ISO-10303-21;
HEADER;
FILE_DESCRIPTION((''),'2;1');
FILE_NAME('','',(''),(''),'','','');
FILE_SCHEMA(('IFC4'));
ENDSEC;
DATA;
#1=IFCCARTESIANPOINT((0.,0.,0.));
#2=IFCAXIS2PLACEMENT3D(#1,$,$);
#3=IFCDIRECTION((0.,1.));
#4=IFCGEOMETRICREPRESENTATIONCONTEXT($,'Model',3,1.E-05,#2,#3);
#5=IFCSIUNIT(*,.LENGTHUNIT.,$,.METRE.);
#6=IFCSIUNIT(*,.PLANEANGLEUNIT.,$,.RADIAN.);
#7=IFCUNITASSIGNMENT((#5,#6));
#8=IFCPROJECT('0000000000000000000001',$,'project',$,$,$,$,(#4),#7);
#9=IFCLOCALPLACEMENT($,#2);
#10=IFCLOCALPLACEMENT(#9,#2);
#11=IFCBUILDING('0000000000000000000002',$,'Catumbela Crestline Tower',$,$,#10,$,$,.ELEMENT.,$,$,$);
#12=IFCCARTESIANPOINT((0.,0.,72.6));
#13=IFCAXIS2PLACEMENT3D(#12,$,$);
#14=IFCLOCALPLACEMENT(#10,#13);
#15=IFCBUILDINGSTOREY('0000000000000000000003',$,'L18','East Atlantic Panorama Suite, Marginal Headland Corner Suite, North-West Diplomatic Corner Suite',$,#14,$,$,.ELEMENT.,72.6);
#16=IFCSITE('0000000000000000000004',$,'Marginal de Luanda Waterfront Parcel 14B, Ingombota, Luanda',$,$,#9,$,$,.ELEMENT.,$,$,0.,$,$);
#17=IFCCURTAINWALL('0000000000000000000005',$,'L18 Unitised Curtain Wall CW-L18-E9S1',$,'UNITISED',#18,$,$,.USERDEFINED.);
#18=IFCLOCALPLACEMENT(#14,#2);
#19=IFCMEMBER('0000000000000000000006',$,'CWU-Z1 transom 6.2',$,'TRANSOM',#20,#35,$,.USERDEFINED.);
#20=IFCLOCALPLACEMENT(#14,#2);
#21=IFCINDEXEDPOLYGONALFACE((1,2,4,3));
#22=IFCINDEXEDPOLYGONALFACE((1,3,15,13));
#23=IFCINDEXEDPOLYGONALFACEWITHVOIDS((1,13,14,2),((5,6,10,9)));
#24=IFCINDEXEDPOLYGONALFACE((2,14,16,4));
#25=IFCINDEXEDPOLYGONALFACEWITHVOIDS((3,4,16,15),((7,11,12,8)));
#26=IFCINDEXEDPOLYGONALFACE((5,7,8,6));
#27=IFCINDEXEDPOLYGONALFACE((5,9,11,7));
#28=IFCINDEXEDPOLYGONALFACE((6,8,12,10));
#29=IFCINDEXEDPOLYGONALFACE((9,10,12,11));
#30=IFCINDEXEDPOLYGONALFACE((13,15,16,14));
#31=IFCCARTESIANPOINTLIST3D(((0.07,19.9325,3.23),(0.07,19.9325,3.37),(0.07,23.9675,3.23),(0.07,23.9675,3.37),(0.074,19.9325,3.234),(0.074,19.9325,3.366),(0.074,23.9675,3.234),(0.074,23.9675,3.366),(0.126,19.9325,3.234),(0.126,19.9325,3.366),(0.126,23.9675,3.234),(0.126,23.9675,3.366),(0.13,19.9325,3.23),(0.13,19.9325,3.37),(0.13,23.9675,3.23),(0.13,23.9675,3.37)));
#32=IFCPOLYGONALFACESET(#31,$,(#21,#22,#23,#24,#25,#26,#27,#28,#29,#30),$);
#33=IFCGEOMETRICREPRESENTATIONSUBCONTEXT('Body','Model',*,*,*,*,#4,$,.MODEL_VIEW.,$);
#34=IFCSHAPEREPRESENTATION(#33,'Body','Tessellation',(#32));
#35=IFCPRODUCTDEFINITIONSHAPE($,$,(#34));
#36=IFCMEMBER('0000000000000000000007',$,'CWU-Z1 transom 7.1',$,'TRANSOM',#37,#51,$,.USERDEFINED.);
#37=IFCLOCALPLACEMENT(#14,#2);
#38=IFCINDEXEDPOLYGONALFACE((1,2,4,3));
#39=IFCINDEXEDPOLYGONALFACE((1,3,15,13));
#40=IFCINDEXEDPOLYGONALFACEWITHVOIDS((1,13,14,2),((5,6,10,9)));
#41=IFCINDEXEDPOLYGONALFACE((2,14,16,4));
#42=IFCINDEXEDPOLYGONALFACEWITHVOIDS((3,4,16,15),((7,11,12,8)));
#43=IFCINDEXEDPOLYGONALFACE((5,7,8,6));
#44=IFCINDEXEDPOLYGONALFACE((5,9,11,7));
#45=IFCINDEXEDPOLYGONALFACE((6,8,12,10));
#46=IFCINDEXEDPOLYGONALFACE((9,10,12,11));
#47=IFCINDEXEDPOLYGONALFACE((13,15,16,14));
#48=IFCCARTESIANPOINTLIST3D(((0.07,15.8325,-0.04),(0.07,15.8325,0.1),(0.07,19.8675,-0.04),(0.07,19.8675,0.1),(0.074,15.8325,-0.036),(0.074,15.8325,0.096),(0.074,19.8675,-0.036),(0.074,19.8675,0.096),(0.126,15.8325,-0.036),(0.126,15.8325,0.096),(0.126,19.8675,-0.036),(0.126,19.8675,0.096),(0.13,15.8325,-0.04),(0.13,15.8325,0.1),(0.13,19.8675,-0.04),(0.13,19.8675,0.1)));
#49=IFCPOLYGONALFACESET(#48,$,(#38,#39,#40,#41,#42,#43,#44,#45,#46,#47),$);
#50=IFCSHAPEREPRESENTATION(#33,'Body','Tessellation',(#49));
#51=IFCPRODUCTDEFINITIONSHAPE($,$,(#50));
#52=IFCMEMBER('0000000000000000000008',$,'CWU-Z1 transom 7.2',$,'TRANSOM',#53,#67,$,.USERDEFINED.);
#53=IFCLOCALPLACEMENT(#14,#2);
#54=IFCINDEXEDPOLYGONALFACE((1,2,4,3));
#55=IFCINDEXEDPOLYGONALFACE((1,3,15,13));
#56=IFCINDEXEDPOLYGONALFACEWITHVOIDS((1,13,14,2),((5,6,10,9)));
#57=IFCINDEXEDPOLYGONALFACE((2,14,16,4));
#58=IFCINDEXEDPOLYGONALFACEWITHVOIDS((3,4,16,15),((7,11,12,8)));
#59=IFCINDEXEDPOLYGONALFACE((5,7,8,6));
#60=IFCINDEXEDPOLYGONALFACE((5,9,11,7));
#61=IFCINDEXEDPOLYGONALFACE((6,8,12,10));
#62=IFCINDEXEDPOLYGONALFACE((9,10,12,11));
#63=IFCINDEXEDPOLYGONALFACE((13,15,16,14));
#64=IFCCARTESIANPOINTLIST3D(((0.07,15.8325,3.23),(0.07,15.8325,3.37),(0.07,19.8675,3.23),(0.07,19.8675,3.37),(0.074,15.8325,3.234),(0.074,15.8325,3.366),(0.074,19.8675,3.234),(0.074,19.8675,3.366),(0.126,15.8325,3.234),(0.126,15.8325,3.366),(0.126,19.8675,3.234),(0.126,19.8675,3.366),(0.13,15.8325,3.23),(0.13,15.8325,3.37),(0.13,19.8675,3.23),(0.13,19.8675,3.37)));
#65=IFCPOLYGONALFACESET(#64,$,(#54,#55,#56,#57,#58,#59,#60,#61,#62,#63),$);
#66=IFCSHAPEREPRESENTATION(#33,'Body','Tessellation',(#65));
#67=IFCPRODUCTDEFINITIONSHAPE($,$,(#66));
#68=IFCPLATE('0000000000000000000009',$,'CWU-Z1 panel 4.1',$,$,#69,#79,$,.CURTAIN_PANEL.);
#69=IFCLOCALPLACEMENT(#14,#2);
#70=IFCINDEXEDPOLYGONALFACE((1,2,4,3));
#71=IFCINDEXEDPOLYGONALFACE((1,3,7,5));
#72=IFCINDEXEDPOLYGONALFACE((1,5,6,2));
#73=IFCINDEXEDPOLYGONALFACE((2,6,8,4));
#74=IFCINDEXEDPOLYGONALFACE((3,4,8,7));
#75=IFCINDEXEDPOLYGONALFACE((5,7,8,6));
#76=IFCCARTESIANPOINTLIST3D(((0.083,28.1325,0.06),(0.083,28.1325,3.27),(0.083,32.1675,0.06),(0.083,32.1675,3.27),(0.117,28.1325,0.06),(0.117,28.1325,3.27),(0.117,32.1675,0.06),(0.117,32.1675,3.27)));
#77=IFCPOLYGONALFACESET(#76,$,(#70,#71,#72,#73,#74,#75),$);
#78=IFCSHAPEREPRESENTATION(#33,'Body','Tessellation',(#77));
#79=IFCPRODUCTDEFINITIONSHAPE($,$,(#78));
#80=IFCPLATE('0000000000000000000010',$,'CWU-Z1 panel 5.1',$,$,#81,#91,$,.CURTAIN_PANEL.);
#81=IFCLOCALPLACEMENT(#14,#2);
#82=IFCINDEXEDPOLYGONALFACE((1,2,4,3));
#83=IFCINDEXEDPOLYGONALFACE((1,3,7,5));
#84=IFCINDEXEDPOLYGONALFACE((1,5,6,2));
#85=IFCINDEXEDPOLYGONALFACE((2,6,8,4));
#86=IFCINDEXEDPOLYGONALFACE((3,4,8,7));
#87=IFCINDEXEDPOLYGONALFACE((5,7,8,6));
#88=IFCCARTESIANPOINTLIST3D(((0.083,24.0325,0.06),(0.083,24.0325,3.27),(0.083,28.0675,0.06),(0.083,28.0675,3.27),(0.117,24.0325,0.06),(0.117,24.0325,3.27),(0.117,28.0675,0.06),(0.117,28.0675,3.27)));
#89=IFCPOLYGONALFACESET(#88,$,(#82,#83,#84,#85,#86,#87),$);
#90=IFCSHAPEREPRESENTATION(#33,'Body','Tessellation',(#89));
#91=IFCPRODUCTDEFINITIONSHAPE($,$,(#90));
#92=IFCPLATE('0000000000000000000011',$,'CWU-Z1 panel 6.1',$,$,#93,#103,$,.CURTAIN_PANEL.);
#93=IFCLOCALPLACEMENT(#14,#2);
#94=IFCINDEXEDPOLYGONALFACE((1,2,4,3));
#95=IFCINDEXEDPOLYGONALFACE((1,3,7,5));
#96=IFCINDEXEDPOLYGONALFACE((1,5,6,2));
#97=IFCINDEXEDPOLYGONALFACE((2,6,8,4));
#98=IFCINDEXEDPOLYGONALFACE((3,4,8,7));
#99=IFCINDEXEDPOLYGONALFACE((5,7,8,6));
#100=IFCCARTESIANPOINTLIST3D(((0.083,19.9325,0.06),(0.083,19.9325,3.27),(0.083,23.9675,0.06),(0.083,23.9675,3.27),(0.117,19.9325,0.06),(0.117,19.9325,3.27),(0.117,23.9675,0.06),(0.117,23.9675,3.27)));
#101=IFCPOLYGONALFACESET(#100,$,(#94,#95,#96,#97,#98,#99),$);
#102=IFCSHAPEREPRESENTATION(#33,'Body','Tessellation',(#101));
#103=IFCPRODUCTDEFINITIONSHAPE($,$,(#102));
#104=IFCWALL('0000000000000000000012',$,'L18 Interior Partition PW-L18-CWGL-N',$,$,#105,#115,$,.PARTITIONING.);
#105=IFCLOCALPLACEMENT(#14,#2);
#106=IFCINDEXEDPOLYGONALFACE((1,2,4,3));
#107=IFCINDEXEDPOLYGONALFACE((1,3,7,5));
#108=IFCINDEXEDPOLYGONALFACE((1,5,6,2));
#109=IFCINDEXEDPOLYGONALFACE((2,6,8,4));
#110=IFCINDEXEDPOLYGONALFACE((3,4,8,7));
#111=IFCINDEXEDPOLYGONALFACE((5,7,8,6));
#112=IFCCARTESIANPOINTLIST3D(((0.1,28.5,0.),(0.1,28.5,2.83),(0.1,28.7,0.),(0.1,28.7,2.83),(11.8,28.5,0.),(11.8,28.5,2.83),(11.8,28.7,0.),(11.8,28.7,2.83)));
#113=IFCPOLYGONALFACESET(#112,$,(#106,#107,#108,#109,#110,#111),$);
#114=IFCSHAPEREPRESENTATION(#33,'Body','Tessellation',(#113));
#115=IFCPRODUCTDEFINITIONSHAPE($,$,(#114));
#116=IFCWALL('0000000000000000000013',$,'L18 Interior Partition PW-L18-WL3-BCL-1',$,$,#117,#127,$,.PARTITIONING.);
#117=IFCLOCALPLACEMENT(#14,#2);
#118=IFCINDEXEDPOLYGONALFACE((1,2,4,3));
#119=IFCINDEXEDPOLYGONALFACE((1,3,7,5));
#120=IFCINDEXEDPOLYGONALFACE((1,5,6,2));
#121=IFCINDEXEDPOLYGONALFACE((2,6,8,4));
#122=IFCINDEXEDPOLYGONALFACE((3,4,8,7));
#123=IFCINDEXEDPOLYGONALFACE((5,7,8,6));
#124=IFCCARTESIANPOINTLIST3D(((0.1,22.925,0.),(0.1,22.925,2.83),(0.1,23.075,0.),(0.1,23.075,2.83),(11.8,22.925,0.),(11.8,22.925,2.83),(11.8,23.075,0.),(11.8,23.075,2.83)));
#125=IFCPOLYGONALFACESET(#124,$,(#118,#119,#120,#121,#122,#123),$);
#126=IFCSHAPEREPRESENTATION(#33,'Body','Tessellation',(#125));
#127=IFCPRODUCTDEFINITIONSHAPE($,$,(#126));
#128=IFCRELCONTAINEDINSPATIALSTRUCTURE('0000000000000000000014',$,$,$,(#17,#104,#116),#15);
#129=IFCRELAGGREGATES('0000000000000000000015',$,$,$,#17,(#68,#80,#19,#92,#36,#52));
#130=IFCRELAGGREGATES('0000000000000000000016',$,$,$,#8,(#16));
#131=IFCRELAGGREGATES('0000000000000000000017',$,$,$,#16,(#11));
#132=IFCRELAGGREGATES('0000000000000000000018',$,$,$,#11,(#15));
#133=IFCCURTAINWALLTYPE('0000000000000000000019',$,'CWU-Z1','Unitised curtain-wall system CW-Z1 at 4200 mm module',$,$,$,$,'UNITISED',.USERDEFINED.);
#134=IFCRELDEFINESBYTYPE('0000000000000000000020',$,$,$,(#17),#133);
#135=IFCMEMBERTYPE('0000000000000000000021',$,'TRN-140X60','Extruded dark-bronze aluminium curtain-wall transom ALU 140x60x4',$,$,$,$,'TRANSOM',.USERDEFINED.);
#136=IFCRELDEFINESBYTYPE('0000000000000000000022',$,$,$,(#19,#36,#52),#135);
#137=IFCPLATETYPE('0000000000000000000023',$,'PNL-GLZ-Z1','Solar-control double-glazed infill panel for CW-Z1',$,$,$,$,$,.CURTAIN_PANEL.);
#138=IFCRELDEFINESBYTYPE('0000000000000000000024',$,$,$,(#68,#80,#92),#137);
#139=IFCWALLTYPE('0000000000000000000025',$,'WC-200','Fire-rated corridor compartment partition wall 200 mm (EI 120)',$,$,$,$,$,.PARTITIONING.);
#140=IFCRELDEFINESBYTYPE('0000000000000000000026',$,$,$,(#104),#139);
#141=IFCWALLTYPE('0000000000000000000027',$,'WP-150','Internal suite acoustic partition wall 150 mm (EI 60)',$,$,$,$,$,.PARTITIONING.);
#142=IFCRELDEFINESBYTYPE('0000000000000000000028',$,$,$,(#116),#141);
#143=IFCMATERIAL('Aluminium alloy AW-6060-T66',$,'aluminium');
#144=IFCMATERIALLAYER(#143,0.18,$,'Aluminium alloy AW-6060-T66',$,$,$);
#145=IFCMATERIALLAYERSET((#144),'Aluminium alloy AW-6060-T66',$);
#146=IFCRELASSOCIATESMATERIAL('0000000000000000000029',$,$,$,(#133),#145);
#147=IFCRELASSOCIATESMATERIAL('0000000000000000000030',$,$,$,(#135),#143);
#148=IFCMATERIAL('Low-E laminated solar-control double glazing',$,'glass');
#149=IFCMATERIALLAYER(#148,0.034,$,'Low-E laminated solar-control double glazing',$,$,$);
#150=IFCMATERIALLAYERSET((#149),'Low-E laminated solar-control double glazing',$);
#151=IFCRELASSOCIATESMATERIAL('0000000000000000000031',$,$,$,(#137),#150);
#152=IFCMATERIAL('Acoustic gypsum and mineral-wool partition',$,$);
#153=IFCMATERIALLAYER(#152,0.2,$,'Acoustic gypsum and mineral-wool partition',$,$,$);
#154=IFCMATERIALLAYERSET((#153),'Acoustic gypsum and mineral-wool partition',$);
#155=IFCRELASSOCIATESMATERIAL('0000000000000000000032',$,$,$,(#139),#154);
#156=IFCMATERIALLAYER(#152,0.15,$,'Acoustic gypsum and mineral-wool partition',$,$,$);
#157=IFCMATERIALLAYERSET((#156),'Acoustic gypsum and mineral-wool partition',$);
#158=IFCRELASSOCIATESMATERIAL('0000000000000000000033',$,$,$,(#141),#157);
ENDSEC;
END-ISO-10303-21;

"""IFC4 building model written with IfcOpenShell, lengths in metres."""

from ifc_helpers import new_model, si_unit, direction, frame, frame_2d, origin, origin_2d, place, context, subcontext, project, spatial, rectangle, hollow_rectangle, extrude, material, layer, layer_set, material_profile, profile_set, type_object, element, aggregate, save


model = new_model("IFC4")

# Units and contexts
model_context = context("Model", 3, precision=1e-05, world=origin(), true_north=direction((0.0, 1.0)))
body_context = subcontext(model_context, "Body", "Model", "MODEL_VIEW")
ifc_project = project(units=[si_unit("LENGTHUNIT", "METRE"), si_unit("PLANEANGLEUNIT", "RADIAN")], contexts=[model_context])

# Site, building, storey
site_placement = place(None, origin())
site = spatial("IfcSite", under=ifc_project, at=site_placement, Name="Marginal de Luanda Waterfront Parcel 14B, Ingombota, Luanda", CompositionType="ELEMENT", RefElevation=0.0)
building_placement = place(site_placement, origin())
building = spatial("IfcBuilding", under=site, at=building_placement, Name="Catumbela Crestline Tower", CompositionType="ELEMENT")
storey_placement = place(building_placement, frame((0.0, 0.0, 72.6)))
storey = spatial("IfcBuildingStorey", under=building, at=storey_placement, Name="L18", Description="East Atlantic Panorama Suite, Marginal Headland Corner Suite, North-West Diplomatic Corner Suite", CompositionType="ELEMENT", Elevation=72.6)

# Curtain wall
ifc_material_1 = material(Name="Aluminium alloy AW-6060-T66", Category="aluminium")
ifc_layer_1 = layer(ifc_material_1, 0.18, Name="Aluminium alloy AW-6060-T66")
ifc_layer_set_1 = layer_set([ifc_layer_1], Name="Aluminium alloy AW-6060-T66")
curtain_wall_type = type_object("IfcCurtainWallType", Name="CWU-Z1", Description="Unitised curtain-wall system CW-Z1 at 4200 mm module", ElementType="UNITISED", PredefinedType="USERDEFINED", material=ifc_layer_set_1)
curtain_wall_placement = place(storey_placement, origin())
curtain_wall = element("IfcCurtainWall", 1, at=curtain_wall_placement, inside=storey, type_object=curtain_wall_type, Name="L18 Unitised Curtain Wall CW-L18-E9S1", ObjectType="UNITISED", PredefinedType="USERDEFINED")

# Members
ifc_material_profile_1 = material_profile(ifc_material_1, hollow_rectangle(XDim=0.06, YDim=0.14, WallThickness=0.004, at=origin_2d()), Name="ALU 140x60x4")
ifc_profile_set_1 = profile_set([ifc_material_profile_1], Name="Aluminium alloy AW-6060-T66")
member_type_1 = type_object("IfcMemberType", Name="TRN-140X60", Description="Extruded dark-bronze aluminium curtain-wall transom ALU 140x60x4", ElementType="TRANSOM", PredefinedType="USERDEFINED", material=ifc_profile_set_1)
member_1_placement = place(storey_placement, frame((0.1, 23.9675, 3.3), z_axis=(0.0, -1.0, 0.0), x_axis=(1.0, 0.0, 0.0)))
member_1 = element("IfcMember", 2, at=member_1_placement, type_object=member_type_1, Name="CWU-Z1 transom 6.2", ObjectType="TRANSOM", PredefinedType="USERDEFINED", context=body_context, shape_type="SweptSolid", body=[
    extrude(hollow_rectangle(XDim=0.06, YDim=0.14, WallThickness=0.004, at=origin_2d()), origin(), (0.0, 0.0, 1.0), 4.035),
])
member_2_placement = place(storey_placement, frame((0.1, 19.8675, 0.03), z_axis=(0.0, -1.0, 0.0), x_axis=(1.0, 0.0, 0.0)))
member_2 = element("IfcMember", 3, at=member_2_placement, type_object=member_type_1, Name="CWU-Z1 transom 7.1", ObjectType="TRANSOM", PredefinedType="USERDEFINED", context=body_context, shape_type="SweptSolid", body=[
    extrude(hollow_rectangle(XDim=0.06, YDim=0.14, WallThickness=0.004, at=origin_2d()), origin(), (0.0, 0.0, 1.0), 4.035),
])
member_3_placement = place(storey_placement, frame((0.1, 19.8675, 3.3), z_axis=(0.0, -1.0, 0.0), x_axis=(1.0, 0.0, 0.0)))
member_3 = element("IfcMember", 4, at=member_3_placement, type_object=member_type_1, Name="CWU-Z1 transom 7.2", ObjectType="TRANSOM", PredefinedType="USERDEFINED", context=body_context, shape_type="SweptSolid", body=[
    extrude(hollow_rectangle(XDim=0.06, YDim=0.14, WallThickness=0.004, at=origin_2d()), origin(), (0.0, 0.0, 1.0), 4.035),
])

# Plates
ifc_material_2 = material(Name="Low-E laminated solar-control double glazing", Category="glass")
ifc_layer_2 = layer(ifc_material_2, 0.034, Name="Low-E laminated solar-control double glazing")
ifc_layer_set_2 = layer_set([ifc_layer_2], Name="Low-E laminated solar-control double glazing")
plate_type = type_object("IfcPlateType", Name="PNL-GLZ-Z1", Description="Solar-control double-glazed infill panel for CW-Z1", PredefinedType="CURTAIN_PANEL", material=ifc_layer_set_2)
plate_1_placement = place(storey_placement, frame((0.1, 30.15, 0.06), z_axis=(0.0, 0.0, 1.0), x_axis=(0.0, -1.0, 0.0)))
plate_1 = element("IfcPlate", 5, at=plate_1_placement, type_object=plate_type, Name="CWU-Z1 panel 4.1", PredefinedType="CURTAIN_PANEL", context=body_context, shape_type="SweptSolid", body=[
    extrude(rectangle(XDim=4.035, YDim=0.034, at=origin_2d()), origin(), (0.0, 0.0, 1.0), 3.21),
])
plate_2_placement = place(storey_placement, frame((0.1, 26.05, 0.06), z_axis=(0.0, 0.0, 1.0), x_axis=(0.0, -1.0, 0.0)))
plate_2 = element("IfcPlate", 6, at=plate_2_placement, type_object=plate_type, Name="CWU-Z1 panel 5.1", PredefinedType="CURTAIN_PANEL", context=body_context, shape_type="SweptSolid", body=[
    extrude(rectangle(XDim=4.035, YDim=0.034, at=origin_2d()), origin(), (0.0, 0.0, 1.0), 3.21),
])
plate_3_placement = place(storey_placement, frame((0.1, 21.95, 0.06), z_axis=(0.0, 0.0, 1.0), x_axis=(0.0, -1.0, 0.0)))
plate_3 = element("IfcPlate", 7, at=plate_3_placement, type_object=plate_type, Name="CWU-Z1 panel 6.1", PredefinedType="CURTAIN_PANEL", context=body_context, shape_type="SweptSolid", body=[
    extrude(rectangle(XDim=4.035, YDim=0.034, at=origin_2d()), origin(), (0.0, 0.0, 1.0), 3.21),
])
aggregate(curtain_wall, [plate_1, plate_2, member_1, plate_3, member_2, member_3])

# Walls
ifc_material_3 = material(Name="Acoustic gypsum and mineral-wool partition")
ifc_layer_3 = layer(ifc_material_3, 0.2, Name="Acoustic gypsum and mineral-wool partition")
ifc_layer_set_3 = layer_set([ifc_layer_3], Name="Acoustic gypsum and mineral-wool partition")
wall_type_1 = type_object("IfcWallType", Name="WC-200", Description="Fire-rated corridor compartment partition wall 200 mm (EI 120)", PredefinedType="PARTITIONING", material=ifc_layer_set_3)
wall_1_placement = place(storey_placement, frame((0.1, 28.6, 0.0), z_axis=(0.0, 0.0, 1.0), x_axis=(1.0, 0.0, 0.0)))
element("IfcWall", 8, at=wall_1_placement, inside=storey, type_object=wall_type_1, Name="L18 Interior Partition PW-L18-CWGL-N", PredefinedType="PARTITIONING", context=body_context, shape_type="SweptSolid", body=[
    extrude(rectangle(XDim=11.7, YDim=0.2, at=frame_2d((5.85, 0.0))), origin(), (0.0, 0.0, 1.0), 2.83),
])
ifc_layer_4 = layer(ifc_material_3, 0.15, Name="Acoustic gypsum and mineral-wool partition")
ifc_layer_set_4 = layer_set([ifc_layer_4], Name="Acoustic gypsum and mineral-wool partition")
wall_type_2 = type_object("IfcWallType", Name="WP-150", Description="Internal suite acoustic partition wall 150 mm (EI 60)", PredefinedType="PARTITIONING", material=ifc_layer_set_4)
wall_2_placement = place(storey_placement, frame((0.1, 23.0, 0.0), z_axis=(0.0, 0.0, 1.0), x_axis=(1.0, 0.0, 0.0)))
element("IfcWall", 9, at=wall_2_placement, inside=storey, type_object=wall_type_2, Name="L18 Interior Partition PW-L18-WL3-BCL-1", PredefinedType="PARTITIONING", context=body_context, shape_type="SweptSolid", body=[
    extrude(rectangle(XDim=11.7, YDim=0.15, at=frame_2d((5.85, 0.0))), origin(), (0.0, 0.0, 1.0), 2.83),
])

save(model, "model.ifc")
